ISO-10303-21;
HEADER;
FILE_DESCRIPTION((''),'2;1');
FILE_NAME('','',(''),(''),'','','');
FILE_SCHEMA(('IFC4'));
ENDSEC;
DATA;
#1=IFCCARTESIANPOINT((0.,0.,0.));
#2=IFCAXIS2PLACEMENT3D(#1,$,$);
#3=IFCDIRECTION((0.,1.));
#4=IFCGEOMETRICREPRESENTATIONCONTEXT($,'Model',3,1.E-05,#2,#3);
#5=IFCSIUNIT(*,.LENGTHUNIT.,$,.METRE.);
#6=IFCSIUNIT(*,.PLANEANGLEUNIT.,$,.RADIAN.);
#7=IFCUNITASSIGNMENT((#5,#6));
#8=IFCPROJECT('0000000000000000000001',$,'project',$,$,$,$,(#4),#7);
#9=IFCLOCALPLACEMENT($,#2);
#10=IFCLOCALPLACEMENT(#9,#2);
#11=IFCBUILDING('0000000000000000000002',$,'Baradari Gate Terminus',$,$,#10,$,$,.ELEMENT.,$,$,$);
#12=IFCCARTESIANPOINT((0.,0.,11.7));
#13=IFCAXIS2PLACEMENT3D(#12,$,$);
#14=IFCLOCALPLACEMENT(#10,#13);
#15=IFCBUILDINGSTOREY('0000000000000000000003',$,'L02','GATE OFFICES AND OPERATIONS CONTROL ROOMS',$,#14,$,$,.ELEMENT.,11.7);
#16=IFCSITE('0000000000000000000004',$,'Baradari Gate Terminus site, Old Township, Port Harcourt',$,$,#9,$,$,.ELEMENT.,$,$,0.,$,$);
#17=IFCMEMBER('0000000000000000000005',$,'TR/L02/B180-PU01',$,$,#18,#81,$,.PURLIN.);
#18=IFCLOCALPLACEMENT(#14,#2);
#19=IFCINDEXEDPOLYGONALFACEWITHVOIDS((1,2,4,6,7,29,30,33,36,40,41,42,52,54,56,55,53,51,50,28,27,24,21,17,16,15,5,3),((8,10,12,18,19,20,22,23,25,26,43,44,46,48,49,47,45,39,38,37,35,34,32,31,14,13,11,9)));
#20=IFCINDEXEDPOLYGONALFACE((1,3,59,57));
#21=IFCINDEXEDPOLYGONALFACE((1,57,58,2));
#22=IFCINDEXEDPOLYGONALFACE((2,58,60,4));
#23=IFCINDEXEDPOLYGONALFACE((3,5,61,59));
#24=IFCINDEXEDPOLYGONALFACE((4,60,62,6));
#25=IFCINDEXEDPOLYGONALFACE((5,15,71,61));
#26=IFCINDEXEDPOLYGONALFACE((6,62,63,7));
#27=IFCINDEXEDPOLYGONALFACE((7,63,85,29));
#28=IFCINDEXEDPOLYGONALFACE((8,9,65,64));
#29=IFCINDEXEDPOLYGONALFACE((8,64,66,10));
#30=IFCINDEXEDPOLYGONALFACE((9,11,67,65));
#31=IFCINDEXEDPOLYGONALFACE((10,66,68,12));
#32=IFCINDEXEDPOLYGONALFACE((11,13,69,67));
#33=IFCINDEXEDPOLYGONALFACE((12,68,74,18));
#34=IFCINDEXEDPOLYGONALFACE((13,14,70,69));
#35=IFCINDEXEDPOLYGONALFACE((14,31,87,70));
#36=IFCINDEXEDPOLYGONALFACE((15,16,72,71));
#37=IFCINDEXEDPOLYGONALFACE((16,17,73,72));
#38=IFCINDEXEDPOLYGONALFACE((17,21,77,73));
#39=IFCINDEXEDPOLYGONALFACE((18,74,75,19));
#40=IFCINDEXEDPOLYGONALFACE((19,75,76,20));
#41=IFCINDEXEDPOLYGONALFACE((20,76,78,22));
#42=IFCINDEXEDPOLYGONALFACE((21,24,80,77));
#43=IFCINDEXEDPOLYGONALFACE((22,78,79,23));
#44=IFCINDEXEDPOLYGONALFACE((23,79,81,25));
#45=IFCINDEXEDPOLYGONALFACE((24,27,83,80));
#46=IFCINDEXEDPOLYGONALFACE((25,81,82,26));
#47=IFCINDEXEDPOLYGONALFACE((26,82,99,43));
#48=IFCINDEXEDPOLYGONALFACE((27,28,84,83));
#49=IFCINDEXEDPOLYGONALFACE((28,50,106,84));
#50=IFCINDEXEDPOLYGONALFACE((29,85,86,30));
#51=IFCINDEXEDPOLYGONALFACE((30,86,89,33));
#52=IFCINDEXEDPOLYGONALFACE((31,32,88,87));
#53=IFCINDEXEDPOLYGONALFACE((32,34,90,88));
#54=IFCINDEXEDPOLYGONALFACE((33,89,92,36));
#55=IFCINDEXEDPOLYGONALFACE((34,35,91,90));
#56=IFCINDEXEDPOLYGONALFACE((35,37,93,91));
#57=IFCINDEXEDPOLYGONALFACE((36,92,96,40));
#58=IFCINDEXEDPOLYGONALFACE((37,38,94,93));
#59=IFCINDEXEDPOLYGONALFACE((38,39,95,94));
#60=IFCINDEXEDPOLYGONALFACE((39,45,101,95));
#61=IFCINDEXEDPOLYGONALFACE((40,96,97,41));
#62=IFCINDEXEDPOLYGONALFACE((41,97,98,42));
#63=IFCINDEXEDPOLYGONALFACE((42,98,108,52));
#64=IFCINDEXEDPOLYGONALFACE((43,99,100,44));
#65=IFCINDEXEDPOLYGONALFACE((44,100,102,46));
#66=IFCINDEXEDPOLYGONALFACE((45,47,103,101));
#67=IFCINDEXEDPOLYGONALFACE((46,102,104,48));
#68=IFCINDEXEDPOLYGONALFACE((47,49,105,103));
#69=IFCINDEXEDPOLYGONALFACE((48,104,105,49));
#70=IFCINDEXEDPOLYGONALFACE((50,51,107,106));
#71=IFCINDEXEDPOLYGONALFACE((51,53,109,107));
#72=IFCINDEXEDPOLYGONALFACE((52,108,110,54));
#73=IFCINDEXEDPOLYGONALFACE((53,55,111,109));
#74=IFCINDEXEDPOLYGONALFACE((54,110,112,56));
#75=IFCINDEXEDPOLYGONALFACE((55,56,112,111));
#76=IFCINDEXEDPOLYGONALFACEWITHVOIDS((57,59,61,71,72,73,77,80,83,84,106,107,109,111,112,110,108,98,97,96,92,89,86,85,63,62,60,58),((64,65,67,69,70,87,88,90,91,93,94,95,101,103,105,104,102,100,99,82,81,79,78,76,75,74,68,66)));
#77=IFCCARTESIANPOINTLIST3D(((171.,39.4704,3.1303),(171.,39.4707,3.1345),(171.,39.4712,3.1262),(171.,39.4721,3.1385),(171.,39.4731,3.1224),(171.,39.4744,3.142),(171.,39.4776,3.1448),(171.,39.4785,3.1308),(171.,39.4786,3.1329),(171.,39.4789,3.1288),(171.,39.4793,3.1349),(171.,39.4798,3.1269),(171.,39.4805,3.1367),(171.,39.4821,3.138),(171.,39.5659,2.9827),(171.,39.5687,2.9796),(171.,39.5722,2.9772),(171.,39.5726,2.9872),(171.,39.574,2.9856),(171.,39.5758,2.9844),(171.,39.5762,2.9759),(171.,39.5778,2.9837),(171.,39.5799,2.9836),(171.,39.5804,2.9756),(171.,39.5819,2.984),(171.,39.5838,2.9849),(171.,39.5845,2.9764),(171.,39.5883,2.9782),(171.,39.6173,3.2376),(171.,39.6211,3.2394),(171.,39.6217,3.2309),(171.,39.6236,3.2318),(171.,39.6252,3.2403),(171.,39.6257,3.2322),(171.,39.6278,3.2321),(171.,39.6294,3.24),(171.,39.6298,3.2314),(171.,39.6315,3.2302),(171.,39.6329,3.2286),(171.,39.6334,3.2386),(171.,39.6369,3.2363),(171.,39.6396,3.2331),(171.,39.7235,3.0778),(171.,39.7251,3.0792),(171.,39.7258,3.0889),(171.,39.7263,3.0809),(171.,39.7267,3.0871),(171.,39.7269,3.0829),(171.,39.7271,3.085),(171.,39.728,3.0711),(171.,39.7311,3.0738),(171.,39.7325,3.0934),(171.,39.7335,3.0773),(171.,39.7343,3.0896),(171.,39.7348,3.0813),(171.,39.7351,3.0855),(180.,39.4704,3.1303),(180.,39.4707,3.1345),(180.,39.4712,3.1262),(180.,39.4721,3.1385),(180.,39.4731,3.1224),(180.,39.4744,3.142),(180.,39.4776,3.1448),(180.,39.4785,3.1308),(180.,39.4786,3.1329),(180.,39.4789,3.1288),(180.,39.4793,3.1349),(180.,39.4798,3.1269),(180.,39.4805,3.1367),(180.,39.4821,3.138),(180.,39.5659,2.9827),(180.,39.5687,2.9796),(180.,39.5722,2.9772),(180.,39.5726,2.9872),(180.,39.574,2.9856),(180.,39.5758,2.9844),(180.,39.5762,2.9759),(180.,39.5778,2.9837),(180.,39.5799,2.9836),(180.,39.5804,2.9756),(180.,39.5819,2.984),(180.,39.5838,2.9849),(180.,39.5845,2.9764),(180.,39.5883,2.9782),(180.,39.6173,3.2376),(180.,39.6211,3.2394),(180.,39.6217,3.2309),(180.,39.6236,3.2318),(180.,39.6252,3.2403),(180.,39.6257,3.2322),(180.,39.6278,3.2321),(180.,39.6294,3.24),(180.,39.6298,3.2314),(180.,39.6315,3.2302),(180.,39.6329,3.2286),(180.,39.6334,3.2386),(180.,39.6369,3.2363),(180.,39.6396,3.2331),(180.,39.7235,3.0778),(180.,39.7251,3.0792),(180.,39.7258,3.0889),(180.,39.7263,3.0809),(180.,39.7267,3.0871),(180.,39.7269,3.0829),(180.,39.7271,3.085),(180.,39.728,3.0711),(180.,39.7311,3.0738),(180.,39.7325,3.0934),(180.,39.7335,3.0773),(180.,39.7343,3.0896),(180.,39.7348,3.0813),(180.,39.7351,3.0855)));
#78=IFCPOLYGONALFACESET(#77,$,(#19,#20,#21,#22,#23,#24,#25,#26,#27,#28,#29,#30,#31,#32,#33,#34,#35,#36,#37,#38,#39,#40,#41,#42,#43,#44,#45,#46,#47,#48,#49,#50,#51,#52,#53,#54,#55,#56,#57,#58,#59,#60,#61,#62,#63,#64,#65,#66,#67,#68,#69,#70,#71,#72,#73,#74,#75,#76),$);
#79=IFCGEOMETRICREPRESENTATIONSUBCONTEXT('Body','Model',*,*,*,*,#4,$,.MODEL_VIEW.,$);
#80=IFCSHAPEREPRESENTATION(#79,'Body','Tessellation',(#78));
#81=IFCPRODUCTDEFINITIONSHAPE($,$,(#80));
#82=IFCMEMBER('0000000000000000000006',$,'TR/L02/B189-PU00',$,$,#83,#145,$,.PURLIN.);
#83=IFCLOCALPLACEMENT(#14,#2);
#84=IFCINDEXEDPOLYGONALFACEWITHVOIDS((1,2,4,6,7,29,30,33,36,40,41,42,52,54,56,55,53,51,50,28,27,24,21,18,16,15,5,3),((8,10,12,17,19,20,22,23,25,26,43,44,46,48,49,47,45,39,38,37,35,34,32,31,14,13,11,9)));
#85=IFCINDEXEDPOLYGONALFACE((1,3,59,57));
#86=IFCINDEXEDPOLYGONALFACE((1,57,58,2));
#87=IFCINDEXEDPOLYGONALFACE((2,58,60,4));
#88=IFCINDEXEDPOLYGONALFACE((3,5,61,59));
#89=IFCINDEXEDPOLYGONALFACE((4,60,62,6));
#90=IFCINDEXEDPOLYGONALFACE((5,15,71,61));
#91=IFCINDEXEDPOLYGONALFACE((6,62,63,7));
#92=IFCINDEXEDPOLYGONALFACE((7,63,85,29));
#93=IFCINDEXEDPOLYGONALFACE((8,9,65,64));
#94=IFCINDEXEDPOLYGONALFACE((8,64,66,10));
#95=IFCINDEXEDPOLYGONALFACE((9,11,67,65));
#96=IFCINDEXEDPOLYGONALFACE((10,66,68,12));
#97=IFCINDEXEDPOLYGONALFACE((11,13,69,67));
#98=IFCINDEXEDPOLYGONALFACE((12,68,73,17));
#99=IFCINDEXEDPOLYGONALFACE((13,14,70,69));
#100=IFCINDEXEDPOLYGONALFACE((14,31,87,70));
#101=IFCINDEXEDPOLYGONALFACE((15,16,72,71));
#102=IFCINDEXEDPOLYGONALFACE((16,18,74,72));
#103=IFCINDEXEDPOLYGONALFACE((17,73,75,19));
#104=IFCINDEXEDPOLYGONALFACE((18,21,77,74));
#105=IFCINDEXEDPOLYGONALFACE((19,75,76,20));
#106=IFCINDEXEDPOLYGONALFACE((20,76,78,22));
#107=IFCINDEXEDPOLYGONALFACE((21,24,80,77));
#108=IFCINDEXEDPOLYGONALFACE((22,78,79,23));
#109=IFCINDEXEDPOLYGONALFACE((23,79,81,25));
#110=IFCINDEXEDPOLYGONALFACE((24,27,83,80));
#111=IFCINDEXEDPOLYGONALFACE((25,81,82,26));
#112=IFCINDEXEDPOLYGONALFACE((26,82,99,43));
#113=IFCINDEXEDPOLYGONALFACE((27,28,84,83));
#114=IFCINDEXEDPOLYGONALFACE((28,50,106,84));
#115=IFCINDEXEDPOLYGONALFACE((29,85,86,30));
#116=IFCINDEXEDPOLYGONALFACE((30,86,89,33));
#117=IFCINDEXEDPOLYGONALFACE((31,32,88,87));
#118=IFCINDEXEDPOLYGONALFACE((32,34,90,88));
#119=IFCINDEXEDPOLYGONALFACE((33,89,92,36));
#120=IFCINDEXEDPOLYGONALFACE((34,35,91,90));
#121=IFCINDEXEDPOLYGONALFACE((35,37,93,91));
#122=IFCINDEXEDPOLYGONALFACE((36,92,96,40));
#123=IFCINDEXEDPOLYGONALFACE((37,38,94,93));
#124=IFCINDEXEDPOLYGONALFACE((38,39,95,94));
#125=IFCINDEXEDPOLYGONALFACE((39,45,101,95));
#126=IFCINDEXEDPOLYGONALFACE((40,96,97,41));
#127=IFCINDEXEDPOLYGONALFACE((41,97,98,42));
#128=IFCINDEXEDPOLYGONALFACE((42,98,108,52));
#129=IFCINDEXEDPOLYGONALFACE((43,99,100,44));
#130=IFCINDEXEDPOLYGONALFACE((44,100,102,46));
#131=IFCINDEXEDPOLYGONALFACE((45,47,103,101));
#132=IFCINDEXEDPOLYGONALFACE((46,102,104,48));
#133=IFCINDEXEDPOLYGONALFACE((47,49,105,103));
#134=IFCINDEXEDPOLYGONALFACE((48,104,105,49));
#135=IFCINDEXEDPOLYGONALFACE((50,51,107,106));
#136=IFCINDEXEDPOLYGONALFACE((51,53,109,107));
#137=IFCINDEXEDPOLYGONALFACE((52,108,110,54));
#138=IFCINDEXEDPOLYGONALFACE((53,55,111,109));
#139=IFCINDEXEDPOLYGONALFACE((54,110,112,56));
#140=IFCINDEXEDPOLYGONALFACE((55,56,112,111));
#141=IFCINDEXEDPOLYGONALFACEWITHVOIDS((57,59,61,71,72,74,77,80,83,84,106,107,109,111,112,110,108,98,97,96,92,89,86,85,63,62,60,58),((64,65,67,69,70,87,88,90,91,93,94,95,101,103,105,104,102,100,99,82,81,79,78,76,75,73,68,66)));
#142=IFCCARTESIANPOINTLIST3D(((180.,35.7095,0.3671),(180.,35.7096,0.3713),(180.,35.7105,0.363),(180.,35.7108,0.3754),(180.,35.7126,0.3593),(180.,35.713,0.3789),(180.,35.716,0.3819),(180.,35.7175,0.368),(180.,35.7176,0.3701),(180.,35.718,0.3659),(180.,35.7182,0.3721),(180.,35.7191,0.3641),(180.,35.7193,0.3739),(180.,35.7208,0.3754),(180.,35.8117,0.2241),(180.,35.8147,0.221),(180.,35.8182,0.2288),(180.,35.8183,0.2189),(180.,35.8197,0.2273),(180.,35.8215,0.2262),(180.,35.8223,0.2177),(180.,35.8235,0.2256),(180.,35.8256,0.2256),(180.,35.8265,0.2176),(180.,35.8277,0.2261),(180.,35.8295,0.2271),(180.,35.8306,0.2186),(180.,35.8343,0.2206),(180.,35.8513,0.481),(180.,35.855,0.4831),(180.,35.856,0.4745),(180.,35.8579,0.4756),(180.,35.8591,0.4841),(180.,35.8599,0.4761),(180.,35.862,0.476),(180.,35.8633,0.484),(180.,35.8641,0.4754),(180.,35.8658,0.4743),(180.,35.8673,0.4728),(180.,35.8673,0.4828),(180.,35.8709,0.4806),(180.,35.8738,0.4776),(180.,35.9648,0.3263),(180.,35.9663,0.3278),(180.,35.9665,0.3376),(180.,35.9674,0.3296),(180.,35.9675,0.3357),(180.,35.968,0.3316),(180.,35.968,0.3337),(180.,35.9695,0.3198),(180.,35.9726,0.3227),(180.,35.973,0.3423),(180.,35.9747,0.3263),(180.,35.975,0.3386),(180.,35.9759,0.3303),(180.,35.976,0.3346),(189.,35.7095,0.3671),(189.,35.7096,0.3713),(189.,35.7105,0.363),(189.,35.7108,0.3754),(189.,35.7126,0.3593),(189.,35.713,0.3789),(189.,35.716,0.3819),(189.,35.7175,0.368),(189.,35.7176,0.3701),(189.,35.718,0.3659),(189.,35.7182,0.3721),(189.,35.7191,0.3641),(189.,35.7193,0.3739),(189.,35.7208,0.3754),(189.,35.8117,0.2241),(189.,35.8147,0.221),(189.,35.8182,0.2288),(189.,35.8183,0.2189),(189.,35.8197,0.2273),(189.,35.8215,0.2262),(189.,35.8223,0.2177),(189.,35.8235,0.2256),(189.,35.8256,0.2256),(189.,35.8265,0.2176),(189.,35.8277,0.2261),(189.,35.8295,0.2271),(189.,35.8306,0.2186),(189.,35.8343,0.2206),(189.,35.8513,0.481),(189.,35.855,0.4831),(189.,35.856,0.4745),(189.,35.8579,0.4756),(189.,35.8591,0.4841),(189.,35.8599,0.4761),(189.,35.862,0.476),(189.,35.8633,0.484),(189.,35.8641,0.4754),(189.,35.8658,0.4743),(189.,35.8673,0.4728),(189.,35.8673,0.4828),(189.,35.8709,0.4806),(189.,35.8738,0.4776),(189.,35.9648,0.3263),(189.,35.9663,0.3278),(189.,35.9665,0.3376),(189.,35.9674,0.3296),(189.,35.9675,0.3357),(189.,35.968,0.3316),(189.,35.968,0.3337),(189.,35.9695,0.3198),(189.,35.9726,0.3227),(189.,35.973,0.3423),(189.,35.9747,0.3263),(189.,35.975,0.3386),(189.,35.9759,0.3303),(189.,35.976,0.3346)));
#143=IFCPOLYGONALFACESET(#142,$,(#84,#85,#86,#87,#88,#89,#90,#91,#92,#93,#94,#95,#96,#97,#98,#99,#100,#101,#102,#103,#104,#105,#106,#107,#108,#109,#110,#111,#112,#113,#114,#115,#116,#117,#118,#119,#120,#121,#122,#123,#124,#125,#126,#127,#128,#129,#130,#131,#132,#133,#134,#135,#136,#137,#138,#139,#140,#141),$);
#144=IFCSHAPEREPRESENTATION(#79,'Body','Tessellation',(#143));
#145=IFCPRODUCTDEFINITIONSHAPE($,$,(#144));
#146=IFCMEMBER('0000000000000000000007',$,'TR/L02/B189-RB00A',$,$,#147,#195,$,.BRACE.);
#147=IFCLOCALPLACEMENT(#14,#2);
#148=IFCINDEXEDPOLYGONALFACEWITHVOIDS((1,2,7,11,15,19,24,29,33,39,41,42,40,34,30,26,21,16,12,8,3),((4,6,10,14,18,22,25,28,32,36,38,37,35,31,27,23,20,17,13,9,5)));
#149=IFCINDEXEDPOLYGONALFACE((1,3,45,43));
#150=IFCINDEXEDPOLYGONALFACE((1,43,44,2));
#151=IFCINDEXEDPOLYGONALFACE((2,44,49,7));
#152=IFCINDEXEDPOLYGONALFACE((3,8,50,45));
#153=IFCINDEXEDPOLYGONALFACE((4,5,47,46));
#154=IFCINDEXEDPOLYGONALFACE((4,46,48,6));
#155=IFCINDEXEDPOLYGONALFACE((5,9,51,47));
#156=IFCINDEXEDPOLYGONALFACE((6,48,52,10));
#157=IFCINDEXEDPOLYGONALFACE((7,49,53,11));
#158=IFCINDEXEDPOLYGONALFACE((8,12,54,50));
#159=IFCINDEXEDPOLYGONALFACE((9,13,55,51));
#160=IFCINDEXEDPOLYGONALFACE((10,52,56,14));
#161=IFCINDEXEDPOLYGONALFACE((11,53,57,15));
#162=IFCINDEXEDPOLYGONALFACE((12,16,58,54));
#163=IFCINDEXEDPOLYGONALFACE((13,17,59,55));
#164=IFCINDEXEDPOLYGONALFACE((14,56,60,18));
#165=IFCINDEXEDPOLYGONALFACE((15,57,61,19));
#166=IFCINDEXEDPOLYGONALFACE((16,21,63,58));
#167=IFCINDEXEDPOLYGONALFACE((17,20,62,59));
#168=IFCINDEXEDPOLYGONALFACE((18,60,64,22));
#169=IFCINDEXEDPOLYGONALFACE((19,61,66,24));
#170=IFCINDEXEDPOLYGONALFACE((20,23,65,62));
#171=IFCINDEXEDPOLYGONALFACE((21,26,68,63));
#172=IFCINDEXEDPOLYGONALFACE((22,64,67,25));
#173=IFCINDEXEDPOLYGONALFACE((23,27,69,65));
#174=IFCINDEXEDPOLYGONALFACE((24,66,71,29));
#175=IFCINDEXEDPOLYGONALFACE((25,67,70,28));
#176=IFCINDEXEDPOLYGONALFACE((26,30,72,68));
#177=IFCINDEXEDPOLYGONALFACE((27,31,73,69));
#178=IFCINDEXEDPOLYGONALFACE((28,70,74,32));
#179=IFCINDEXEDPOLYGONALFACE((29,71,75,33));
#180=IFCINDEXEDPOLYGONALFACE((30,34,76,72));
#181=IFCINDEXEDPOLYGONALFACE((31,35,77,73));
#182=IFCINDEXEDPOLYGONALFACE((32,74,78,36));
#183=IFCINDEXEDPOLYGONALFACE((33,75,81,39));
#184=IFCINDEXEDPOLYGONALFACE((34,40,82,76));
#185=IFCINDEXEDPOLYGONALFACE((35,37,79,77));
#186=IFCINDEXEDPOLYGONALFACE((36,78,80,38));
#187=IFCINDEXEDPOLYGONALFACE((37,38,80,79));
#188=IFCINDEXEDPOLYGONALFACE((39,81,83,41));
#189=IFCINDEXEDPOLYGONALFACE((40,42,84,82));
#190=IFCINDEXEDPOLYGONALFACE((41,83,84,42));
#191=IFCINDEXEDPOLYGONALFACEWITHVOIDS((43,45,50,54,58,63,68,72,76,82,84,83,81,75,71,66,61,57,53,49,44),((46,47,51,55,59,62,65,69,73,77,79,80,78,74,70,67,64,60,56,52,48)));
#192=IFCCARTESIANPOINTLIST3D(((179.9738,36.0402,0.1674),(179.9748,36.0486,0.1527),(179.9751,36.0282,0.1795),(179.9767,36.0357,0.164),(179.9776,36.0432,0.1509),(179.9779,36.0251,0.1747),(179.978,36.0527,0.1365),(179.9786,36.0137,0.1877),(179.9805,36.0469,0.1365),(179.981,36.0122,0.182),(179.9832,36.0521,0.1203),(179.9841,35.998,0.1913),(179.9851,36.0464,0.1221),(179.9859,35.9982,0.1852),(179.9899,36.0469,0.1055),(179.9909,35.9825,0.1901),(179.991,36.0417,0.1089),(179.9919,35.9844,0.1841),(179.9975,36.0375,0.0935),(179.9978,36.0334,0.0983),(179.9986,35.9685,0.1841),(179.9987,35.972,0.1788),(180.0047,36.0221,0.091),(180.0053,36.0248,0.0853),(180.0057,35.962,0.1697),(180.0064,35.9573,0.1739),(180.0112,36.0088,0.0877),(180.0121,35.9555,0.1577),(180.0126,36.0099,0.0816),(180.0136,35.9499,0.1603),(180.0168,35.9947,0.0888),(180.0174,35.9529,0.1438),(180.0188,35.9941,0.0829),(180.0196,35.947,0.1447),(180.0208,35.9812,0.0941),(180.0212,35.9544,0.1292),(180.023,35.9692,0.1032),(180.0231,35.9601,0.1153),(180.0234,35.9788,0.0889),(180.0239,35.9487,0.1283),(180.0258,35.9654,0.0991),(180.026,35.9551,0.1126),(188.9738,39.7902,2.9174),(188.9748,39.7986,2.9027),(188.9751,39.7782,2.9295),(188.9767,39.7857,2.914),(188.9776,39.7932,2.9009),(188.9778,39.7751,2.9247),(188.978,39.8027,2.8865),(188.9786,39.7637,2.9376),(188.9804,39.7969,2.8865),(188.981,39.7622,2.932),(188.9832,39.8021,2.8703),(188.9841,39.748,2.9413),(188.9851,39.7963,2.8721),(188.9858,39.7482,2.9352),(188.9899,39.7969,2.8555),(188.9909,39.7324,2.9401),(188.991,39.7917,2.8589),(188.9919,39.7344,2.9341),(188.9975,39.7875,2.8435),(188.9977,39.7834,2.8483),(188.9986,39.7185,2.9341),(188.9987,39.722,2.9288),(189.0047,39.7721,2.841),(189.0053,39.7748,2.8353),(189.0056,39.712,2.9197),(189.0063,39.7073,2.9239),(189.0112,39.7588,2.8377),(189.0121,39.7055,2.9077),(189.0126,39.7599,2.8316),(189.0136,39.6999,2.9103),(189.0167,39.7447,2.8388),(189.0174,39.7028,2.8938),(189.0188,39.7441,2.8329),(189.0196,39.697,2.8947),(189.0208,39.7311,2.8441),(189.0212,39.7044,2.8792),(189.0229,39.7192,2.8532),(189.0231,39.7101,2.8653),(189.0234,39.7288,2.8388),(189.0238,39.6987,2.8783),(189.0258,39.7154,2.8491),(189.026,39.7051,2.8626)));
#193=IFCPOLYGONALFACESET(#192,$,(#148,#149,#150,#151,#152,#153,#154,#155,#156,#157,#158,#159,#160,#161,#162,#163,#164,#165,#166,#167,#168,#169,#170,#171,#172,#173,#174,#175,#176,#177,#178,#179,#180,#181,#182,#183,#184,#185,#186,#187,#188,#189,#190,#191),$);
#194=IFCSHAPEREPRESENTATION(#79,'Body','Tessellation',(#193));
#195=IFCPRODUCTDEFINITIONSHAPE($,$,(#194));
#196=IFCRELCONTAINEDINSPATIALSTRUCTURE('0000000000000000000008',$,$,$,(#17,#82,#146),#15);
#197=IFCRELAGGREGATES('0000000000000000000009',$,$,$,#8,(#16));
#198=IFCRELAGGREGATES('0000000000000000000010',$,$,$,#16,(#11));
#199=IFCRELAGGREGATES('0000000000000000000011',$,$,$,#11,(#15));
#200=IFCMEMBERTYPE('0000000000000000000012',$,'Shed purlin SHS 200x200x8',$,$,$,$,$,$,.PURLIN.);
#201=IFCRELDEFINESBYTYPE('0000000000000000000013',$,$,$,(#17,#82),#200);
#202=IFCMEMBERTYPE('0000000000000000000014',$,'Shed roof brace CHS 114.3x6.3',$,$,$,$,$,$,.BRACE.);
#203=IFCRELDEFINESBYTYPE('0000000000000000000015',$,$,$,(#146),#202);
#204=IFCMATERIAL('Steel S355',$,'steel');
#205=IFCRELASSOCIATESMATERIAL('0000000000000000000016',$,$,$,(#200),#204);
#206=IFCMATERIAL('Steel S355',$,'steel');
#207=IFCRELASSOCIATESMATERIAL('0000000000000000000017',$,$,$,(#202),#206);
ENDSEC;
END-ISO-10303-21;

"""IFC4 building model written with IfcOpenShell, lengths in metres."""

from ifc_helpers import new_model, si_unit, direction, frame, origin, origin_2d, place, context, subcontext, project, spatial, hollow_rectangle, hollow_circle, extrude, material, material_profile, profile_set, type_object, element, save


model = new_model("IFC4")

# Units and contexts
model_context = context("Model", 3, precision=1e-05, world=origin(), true_north=direction((0.0, 1.0)))
body_context = subcontext(model_context, "Body", "Model", "MODEL_VIEW")
ifc_project = project(units=[si_unit("LENGTHUNIT", "METRE"), si_unit("PLANEANGLEUNIT", "RADIAN")], contexts=[model_context])

# Site, building, storey
site_placement = place(None, origin())
site = spatial("IfcSite", under=ifc_project, at=site_placement, Name="Baradari Gate Terminus site, Old Township, Port Harcourt", CompositionType="ELEMENT", RefElevation=0.0)
building_placement = place(site_placement, origin())
building = spatial("IfcBuilding", under=site, at=building_placement, Name="Baradari Gate Terminus", CompositionType="ELEMENT")
storey_placement = place(building_placement, frame((0.0, 0.0, 11.7)))
storey = spatial("IfcBuildingStorey", under=building, at=storey_placement, Name="L02", Description="GATE OFFICES AND OPERATIONS CONTROL ROOMS", CompositionType="ELEMENT", Elevation=11.7)

# Members
ifc_material_1 = material(Name="Steel S355", Category="steel")
ifc_material_profile_1 = material_profile(ifc_material_1, hollow_rectangle(XDim=0.2, YDim=0.2, WallThickness=0.0081, InnerFilletRadius=0.0081, OuterFilletRadius=0.0161, at=origin_2d()), Name="SHS 200x200x8")
ifc_profile_set_1 = profile_set([ifc_material_profile_1], Name="Steel S355")
member_type_1 = type_object("IfcMemberType", Name="Shed purlin SHS 200x200x8", PredefinedType="PURLIN", material=ifc_profile_set_1)
for number, where, z_axis, x_axis, name in (
    (1, (171.0, 39.6028, 3.1079), (1.0, 0.0, 0.0), (0.0, 0.832836, 0.553519), "TR/L02/B180-PU01"),
    (2, (180.0, 35.8428, 0.3508), (1.0, 0.0, 0.0), (0.0, 0.806405, 0.591364), "TR/L02/B189-PU00"),
):
    element("IfcMember", number, at=place(storey_placement, frame(where, z_axis=z_axis, x_axis=x_axis)), inside=storey, type_object=member_type_1, Name=name, PredefinedType="PURLIN", context=body_context, shape_type="SweptSolid", body=[
        extrude(hollow_rectangle(XDim=0.2, YDim=0.2, WallThickness=0.0081, InnerFilletRadius=0.0081, OuterFilletRadius=0.0161, at=origin_2d()), origin(), (0.0, 0.0, 1.0), 9.0),
    ])
ifc_material_2 = material(Name="Steel S355", Category="steel")
ifc_material_profile_2 = material_profile(ifc_material_2, hollow_circle(Radius=0.0571, WallThickness=0.0063, at=origin_2d()), Name="CHS 114.3x6.3")
ifc_profile_set_2 = profile_set([ifc_material_profile_2], Name="Steel S355")
member_type_2 = type_object("IfcMemberType", Name="Shed roof brace CHS 114.3x6.3", PredefinedType="BRACE", material=ifc_profile_set_2)
member_1_placement = place(storey_placement, frame((180.0, 36.0, 0.1365), z_axis=(0.888415, 0.370173, 0.27146), x_axis=(-0.384615, 0.923077, 0.0)))
element("IfcMember", 3, at=member_1_placement, inside=storey, type_object=member_type_2, Name="TR/L02/B189-RB00A", PredefinedType="BRACE", context=body_context, shape_type="SweptSolid", body=[
    extrude(hollow_circle(Radius=0.0571, WallThickness=0.0063, at=origin_2d()), origin(), (0.0, 0.0, 1.0), 10.1304),
])

save(model, "model.ifc")
